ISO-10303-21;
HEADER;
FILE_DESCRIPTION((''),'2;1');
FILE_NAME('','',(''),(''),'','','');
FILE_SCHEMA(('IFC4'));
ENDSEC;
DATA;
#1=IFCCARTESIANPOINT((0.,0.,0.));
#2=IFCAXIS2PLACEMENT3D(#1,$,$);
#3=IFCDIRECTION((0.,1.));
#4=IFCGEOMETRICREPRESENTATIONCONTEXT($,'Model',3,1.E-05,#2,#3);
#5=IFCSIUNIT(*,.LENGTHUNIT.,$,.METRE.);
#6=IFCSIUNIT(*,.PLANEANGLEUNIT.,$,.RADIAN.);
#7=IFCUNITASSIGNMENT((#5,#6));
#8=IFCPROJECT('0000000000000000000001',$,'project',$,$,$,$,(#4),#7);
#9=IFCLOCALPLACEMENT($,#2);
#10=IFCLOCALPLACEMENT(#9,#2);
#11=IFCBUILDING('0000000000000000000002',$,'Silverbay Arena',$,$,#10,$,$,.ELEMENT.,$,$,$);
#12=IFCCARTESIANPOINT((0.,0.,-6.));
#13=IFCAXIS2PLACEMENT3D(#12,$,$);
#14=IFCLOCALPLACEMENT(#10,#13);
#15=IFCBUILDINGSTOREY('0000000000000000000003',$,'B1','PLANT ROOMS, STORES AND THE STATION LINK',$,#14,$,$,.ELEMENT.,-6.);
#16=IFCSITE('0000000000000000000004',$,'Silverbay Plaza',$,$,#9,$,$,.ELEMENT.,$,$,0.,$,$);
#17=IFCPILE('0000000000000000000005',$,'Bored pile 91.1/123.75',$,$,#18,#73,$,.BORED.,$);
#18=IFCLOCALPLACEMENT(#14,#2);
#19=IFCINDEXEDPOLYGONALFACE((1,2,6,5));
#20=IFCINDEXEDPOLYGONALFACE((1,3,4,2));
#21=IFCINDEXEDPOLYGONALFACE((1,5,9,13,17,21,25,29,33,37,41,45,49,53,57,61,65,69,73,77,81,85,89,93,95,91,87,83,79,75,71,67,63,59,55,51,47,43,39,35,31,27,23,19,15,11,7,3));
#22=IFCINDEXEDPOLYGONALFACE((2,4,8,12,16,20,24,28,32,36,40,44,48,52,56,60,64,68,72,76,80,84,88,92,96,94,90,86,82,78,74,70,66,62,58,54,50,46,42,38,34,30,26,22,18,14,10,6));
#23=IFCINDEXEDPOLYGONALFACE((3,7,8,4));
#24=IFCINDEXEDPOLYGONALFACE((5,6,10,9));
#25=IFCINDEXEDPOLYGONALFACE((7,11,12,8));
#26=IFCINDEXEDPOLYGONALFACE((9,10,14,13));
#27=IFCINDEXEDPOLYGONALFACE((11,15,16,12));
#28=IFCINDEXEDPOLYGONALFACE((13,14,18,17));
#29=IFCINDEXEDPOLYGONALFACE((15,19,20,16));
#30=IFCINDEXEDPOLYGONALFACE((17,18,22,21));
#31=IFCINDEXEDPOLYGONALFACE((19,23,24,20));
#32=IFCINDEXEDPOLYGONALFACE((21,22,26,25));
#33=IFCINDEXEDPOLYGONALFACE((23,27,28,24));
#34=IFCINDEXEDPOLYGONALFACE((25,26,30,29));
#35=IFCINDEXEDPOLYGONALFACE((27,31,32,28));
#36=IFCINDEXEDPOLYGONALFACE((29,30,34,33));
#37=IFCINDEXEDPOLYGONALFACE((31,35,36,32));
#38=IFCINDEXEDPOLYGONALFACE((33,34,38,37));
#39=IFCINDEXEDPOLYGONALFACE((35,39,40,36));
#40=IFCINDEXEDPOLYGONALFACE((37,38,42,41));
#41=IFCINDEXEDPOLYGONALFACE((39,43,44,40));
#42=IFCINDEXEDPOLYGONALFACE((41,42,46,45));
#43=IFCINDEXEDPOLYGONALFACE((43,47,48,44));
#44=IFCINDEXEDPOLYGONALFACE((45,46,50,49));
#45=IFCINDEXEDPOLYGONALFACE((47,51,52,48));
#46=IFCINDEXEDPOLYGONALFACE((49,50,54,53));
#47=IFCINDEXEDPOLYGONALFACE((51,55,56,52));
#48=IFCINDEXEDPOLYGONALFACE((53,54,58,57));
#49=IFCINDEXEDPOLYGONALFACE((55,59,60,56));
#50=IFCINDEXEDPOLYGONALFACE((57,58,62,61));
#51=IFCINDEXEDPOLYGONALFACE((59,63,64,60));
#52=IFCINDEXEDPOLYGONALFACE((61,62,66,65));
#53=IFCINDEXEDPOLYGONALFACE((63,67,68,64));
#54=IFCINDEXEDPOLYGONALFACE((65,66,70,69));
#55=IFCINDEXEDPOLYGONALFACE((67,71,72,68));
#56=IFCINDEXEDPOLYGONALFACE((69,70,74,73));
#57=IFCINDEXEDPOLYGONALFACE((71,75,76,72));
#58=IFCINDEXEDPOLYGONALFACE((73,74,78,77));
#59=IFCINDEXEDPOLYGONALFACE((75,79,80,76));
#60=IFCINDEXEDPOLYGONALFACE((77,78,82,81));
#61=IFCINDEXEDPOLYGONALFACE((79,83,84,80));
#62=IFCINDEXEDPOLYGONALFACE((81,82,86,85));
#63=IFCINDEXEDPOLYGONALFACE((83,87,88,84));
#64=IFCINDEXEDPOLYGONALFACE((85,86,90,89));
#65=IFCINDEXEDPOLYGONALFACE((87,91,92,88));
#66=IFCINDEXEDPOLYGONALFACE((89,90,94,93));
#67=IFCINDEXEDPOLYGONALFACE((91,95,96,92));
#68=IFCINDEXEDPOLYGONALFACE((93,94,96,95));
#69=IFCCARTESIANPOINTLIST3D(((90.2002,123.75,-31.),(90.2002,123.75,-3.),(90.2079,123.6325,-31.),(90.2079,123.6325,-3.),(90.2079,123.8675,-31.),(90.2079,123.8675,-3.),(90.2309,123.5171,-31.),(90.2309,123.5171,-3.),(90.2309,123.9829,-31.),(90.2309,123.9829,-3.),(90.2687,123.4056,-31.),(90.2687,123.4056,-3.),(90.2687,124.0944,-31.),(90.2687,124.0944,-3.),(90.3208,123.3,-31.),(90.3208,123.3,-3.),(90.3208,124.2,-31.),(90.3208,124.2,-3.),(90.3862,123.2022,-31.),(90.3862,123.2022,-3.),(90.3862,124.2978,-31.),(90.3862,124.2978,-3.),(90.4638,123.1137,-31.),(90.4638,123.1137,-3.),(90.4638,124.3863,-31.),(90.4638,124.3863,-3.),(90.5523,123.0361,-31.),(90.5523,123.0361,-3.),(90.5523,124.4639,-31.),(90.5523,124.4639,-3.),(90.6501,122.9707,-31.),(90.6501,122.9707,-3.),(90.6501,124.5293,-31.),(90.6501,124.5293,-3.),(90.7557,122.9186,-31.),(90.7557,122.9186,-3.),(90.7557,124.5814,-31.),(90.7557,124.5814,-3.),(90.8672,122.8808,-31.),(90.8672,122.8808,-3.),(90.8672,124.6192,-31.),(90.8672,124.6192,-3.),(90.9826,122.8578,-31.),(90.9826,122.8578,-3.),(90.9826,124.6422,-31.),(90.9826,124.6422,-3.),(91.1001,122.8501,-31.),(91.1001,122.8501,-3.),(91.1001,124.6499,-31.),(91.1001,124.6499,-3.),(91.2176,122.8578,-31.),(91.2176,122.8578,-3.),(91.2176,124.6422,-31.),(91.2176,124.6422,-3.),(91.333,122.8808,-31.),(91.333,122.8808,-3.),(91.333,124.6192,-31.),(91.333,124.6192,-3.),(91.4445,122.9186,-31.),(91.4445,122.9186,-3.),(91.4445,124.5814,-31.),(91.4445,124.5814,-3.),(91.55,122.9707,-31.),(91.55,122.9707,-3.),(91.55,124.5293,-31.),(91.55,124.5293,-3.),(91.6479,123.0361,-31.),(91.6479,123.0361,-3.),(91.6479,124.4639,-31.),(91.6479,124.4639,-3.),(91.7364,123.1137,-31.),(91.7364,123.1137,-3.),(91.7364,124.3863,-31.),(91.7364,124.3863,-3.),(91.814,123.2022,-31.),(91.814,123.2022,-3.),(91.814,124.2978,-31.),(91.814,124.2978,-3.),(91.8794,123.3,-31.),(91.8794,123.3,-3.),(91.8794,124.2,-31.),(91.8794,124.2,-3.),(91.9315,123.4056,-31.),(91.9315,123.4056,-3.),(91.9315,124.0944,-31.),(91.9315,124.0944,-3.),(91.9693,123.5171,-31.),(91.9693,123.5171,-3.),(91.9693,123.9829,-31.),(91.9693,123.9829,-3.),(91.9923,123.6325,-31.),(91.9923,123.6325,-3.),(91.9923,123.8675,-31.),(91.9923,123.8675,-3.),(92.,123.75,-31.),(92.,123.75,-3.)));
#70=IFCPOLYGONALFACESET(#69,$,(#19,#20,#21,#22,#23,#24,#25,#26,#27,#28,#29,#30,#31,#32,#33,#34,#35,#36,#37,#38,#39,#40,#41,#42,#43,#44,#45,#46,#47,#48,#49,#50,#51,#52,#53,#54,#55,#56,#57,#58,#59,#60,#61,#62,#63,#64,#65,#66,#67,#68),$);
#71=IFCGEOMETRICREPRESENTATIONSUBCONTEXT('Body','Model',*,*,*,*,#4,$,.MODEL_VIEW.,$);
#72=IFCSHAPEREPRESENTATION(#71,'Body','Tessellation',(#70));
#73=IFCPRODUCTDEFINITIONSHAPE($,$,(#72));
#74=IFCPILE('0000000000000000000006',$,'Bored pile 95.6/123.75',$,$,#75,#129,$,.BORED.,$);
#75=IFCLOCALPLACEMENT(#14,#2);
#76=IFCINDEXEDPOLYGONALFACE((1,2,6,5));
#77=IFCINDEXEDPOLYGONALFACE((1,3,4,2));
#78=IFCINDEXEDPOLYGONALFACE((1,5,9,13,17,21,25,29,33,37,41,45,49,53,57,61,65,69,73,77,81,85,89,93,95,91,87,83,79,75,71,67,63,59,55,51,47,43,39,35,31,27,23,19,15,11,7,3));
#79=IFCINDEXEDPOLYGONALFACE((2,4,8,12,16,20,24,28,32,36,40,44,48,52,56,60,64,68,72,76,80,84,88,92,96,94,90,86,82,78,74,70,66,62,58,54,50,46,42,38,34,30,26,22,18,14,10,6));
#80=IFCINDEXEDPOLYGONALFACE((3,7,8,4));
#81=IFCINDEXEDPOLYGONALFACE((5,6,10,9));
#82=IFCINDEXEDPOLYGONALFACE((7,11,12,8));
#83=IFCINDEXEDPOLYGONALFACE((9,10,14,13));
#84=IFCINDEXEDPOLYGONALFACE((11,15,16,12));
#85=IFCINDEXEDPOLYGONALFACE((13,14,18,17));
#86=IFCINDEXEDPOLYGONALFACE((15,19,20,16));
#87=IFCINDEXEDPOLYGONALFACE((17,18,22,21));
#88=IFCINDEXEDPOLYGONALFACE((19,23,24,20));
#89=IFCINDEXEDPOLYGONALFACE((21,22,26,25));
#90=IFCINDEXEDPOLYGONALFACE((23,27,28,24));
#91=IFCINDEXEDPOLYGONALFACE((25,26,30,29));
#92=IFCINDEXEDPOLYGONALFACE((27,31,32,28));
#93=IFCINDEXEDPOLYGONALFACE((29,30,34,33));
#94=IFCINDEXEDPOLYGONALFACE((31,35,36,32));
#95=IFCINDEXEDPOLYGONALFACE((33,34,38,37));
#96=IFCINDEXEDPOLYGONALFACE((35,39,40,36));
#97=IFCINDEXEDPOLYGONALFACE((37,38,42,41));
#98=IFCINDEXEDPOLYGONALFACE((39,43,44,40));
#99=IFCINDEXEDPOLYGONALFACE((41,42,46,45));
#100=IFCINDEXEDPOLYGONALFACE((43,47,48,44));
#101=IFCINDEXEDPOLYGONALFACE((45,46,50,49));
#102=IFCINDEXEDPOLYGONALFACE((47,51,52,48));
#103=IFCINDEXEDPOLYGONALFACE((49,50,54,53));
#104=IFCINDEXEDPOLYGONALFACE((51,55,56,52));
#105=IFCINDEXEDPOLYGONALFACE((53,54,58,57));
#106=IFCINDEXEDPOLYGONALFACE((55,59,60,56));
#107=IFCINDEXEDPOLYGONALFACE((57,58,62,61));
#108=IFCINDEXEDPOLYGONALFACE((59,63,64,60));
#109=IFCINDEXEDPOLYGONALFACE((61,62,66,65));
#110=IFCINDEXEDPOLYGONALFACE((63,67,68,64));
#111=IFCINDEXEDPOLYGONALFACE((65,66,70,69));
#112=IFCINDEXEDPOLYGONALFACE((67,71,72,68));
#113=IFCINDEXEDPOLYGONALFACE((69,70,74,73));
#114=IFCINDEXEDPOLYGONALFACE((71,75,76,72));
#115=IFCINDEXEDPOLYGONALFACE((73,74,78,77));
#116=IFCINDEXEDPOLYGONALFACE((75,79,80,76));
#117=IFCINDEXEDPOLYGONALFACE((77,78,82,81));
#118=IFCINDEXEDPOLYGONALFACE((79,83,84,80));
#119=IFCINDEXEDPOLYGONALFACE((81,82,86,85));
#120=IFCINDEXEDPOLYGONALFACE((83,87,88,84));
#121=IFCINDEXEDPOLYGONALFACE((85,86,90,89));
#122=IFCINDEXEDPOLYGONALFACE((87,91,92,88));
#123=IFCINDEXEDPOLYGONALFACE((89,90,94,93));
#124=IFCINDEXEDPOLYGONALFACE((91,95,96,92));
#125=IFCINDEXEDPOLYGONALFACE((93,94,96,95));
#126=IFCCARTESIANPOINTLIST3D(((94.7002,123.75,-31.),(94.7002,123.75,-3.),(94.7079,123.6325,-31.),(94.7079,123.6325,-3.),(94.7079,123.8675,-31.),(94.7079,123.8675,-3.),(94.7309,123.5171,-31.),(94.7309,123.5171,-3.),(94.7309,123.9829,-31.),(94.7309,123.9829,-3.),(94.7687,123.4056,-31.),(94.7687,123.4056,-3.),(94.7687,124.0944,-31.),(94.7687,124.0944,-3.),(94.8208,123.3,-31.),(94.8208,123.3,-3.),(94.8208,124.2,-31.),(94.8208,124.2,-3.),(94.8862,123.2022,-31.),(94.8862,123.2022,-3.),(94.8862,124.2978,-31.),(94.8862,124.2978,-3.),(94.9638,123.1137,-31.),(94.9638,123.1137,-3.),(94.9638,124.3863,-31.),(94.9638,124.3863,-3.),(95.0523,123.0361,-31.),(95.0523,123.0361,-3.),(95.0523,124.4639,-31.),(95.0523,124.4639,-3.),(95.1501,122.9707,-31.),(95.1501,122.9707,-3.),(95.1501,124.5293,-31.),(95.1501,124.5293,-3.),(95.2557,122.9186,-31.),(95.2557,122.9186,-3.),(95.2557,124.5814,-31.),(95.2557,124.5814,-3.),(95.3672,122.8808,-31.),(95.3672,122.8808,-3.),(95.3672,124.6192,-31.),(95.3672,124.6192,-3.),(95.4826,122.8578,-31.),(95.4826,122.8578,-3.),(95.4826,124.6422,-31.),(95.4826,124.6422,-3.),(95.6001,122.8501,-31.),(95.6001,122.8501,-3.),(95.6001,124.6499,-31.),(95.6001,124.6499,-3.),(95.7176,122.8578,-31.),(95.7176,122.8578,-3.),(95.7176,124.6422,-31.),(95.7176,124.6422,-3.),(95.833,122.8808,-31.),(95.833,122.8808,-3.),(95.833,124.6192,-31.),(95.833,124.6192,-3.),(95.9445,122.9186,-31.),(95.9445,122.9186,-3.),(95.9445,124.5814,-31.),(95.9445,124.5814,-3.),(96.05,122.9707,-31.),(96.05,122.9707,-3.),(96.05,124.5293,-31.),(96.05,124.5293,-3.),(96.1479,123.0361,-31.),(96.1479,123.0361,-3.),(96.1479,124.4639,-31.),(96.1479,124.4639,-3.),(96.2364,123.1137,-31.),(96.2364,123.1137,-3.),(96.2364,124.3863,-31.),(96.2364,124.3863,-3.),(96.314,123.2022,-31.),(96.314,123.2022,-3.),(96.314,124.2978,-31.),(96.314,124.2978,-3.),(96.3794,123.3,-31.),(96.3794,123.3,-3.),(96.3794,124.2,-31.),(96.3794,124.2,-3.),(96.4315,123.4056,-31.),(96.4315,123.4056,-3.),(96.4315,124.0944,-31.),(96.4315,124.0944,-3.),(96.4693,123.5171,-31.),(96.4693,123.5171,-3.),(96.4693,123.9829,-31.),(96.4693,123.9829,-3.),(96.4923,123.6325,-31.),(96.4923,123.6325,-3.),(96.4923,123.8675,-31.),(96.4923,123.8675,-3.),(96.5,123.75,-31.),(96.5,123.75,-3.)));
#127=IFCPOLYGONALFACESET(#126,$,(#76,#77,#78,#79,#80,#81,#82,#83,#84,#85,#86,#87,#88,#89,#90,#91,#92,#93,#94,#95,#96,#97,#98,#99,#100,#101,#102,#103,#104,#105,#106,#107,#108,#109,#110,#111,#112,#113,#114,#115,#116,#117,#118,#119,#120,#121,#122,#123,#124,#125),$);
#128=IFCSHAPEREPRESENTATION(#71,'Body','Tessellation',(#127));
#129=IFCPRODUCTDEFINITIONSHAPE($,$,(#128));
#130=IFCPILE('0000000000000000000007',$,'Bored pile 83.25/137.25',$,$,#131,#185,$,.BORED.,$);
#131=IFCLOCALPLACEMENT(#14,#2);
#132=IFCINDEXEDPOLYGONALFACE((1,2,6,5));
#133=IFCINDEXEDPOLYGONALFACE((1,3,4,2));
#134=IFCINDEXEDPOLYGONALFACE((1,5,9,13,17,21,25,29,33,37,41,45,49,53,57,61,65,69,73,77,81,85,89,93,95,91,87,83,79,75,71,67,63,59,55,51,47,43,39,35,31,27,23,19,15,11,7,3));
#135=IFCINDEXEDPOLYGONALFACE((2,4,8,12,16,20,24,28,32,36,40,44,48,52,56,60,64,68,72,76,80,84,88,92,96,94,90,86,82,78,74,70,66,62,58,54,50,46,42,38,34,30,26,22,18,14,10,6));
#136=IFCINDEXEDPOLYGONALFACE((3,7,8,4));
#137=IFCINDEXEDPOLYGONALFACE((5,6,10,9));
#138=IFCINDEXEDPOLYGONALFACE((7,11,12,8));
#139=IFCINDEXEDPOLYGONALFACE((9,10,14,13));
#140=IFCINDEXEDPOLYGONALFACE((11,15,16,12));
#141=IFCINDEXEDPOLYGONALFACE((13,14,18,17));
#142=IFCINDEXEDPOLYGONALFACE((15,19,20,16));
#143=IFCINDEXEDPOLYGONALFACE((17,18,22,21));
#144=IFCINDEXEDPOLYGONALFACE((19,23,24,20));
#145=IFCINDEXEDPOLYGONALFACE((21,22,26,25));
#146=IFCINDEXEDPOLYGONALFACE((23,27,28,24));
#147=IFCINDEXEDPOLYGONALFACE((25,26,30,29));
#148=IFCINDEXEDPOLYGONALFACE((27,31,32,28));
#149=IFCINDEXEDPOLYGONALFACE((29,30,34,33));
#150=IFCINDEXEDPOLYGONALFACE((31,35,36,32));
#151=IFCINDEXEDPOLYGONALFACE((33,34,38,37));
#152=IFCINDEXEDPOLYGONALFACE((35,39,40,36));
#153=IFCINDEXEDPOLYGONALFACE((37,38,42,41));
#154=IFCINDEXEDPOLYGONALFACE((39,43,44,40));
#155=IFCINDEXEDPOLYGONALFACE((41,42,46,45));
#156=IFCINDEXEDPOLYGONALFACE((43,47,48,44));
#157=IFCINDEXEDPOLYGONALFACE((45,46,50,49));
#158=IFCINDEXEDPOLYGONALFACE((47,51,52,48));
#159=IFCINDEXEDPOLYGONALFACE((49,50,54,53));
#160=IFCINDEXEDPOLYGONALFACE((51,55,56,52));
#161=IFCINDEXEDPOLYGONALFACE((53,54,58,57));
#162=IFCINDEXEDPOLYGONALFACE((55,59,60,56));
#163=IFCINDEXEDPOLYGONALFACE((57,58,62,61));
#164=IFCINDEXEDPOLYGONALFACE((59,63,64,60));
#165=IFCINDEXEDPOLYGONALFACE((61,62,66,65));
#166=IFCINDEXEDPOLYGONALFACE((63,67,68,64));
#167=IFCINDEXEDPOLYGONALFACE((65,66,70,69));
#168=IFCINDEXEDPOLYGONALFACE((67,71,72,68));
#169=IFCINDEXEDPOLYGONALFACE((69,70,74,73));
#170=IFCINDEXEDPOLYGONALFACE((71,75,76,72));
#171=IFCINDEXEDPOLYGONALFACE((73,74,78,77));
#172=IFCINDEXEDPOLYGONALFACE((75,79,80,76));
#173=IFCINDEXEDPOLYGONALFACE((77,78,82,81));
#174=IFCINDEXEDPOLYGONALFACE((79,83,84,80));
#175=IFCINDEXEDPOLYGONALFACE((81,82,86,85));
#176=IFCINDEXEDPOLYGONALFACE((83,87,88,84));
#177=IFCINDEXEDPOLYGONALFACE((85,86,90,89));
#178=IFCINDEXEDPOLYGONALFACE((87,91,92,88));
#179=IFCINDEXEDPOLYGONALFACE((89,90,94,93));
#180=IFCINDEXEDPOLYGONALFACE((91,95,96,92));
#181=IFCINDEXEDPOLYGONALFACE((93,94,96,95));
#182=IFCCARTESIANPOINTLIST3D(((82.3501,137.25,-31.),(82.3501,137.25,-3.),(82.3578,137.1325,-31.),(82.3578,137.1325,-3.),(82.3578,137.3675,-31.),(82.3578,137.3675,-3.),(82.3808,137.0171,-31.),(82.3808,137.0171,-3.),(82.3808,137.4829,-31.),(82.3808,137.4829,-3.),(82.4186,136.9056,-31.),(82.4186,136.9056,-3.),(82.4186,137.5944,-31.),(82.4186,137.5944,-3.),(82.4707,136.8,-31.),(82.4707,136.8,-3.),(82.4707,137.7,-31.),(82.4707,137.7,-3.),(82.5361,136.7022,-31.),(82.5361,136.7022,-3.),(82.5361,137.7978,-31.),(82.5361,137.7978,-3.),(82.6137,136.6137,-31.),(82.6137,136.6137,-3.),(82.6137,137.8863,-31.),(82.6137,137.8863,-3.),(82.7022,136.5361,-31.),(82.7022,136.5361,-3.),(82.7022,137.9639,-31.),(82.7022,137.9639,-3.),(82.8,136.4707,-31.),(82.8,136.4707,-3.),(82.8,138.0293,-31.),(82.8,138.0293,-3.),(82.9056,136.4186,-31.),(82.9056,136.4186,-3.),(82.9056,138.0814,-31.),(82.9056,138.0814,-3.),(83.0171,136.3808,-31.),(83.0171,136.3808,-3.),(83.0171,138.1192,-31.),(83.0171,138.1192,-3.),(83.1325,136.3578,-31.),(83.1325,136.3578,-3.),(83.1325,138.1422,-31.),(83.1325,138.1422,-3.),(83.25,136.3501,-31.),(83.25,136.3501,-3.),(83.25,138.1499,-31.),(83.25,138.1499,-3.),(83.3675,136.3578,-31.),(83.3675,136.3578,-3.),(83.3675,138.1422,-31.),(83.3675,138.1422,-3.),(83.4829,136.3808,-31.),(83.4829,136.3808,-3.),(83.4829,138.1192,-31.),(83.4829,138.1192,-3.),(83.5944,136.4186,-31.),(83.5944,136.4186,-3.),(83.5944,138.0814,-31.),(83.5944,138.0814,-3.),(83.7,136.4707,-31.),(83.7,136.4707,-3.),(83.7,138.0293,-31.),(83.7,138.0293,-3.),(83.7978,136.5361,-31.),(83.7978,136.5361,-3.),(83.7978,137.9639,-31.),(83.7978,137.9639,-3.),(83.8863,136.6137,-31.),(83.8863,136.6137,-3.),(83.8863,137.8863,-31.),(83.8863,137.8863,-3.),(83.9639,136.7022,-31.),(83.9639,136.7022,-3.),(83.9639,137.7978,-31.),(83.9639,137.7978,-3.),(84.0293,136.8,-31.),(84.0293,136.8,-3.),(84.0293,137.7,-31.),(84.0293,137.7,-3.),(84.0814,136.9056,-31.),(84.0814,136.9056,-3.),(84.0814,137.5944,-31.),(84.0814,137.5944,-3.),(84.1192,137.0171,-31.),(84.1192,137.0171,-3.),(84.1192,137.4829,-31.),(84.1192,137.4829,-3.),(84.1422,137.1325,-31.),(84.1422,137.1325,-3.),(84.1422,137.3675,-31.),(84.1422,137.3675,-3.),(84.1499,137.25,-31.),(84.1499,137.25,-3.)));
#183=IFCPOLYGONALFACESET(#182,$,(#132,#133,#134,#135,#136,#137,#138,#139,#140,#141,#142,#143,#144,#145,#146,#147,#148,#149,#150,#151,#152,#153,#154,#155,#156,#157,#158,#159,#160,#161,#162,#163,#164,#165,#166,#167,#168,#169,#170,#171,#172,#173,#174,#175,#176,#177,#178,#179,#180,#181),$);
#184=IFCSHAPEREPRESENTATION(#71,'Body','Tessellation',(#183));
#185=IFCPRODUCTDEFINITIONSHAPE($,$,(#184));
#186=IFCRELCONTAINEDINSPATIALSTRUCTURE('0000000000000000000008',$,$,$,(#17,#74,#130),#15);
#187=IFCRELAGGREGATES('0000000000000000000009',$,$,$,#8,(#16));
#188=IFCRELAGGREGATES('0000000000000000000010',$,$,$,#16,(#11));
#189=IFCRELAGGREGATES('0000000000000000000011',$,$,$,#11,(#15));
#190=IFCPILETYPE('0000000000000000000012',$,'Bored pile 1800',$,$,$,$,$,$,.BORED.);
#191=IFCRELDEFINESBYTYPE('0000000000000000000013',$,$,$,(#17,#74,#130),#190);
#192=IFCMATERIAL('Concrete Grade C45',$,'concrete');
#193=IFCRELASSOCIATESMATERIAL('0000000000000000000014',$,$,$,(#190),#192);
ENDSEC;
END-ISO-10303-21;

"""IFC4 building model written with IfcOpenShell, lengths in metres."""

from ifc_helpers import new_model, si_unit, direction, frame, origin, origin_2d, place, context, subcontext, project, spatial, circle, extrude, material, material_profile, profile_set, type_object, element, save


model = new_model("IFC4")

# Units and contexts
model_context = context("Model", 3, precision=1e-05, world=origin(), true_north=direction((0.0, 1.0)))
body_context = subcontext(model_context, "Body", "Model", "MODEL_VIEW")
ifc_project = project(units=[si_unit("LENGTHUNIT", "METRE"), si_unit("PLANEANGLEUNIT", "RADIAN")], contexts=[model_context])

# Site, building, storey
site_placement = place(None, origin())
site = spatial("IfcSite", under=ifc_project, at=site_placement, Name="Silverbay Plaza", CompositionType="ELEMENT", RefElevation=0.0)
building_placement = place(site_placement, origin())
building = spatial("IfcBuilding", under=site, at=building_placement, Name="Silverbay Arena", CompositionType="ELEMENT")
storey_placement = place(building_placement, frame((0.0, 0.0, -6.0)))
storey = spatial("IfcBuildingStorey", under=building, at=storey_placement, Name="B1", Description="PLANT ROOMS, STORES AND THE STATION LINK", CompositionType="ELEMENT", Elevation=-6.0)

# Piles
ifc_material_1 = material(Name="Concrete Grade C45", Category="concrete")
ifc_material_profile = material_profile(ifc_material_1, circle(Radius=0.8999, at=origin_2d()), Name="Bored pile 1800")
ifc_profile_set = profile_set([ifc_material_profile], Name="Concrete Grade C45")
pile_type = type_object("IfcPileType", Name="Bored pile 1800", PredefinedType="BORED", material=ifc_profile_set)
for number, where, z_axis, x_axis, name in (
    (1, (91.1001, 123.75, -3.0), (0.0, 0.0, -1.0), (1.0, 0.0, 0.0), "Bored pile 91.1/123.75"),
    (2, (95.6001, 123.75, -3.0), (0.0, 0.0, -1.0), (1.0, 0.0, 0.0), "Bored pile 95.6/123.75"),
    (3, (83.25, 137.25, -3.0), (0.0, 0.0, -1.0), (1.0, 0.0, 0.0), "Bored pile 83.25/137.25"),
):
    element("IfcPile", number, at=place(storey_placement, frame(where, z_axis=z_axis, x_axis=x_axis)), inside=storey, type_object=pile_type, Name=name, PredefinedType="BORED", context=body_context, shape_type="SweptSolid", body=[
        extrude(circle(Radius=0.8999, at=origin_2d()), origin(), (0.0, 0.0, 1.0), 28.0),
    ])

save(model, "model.ifc")
